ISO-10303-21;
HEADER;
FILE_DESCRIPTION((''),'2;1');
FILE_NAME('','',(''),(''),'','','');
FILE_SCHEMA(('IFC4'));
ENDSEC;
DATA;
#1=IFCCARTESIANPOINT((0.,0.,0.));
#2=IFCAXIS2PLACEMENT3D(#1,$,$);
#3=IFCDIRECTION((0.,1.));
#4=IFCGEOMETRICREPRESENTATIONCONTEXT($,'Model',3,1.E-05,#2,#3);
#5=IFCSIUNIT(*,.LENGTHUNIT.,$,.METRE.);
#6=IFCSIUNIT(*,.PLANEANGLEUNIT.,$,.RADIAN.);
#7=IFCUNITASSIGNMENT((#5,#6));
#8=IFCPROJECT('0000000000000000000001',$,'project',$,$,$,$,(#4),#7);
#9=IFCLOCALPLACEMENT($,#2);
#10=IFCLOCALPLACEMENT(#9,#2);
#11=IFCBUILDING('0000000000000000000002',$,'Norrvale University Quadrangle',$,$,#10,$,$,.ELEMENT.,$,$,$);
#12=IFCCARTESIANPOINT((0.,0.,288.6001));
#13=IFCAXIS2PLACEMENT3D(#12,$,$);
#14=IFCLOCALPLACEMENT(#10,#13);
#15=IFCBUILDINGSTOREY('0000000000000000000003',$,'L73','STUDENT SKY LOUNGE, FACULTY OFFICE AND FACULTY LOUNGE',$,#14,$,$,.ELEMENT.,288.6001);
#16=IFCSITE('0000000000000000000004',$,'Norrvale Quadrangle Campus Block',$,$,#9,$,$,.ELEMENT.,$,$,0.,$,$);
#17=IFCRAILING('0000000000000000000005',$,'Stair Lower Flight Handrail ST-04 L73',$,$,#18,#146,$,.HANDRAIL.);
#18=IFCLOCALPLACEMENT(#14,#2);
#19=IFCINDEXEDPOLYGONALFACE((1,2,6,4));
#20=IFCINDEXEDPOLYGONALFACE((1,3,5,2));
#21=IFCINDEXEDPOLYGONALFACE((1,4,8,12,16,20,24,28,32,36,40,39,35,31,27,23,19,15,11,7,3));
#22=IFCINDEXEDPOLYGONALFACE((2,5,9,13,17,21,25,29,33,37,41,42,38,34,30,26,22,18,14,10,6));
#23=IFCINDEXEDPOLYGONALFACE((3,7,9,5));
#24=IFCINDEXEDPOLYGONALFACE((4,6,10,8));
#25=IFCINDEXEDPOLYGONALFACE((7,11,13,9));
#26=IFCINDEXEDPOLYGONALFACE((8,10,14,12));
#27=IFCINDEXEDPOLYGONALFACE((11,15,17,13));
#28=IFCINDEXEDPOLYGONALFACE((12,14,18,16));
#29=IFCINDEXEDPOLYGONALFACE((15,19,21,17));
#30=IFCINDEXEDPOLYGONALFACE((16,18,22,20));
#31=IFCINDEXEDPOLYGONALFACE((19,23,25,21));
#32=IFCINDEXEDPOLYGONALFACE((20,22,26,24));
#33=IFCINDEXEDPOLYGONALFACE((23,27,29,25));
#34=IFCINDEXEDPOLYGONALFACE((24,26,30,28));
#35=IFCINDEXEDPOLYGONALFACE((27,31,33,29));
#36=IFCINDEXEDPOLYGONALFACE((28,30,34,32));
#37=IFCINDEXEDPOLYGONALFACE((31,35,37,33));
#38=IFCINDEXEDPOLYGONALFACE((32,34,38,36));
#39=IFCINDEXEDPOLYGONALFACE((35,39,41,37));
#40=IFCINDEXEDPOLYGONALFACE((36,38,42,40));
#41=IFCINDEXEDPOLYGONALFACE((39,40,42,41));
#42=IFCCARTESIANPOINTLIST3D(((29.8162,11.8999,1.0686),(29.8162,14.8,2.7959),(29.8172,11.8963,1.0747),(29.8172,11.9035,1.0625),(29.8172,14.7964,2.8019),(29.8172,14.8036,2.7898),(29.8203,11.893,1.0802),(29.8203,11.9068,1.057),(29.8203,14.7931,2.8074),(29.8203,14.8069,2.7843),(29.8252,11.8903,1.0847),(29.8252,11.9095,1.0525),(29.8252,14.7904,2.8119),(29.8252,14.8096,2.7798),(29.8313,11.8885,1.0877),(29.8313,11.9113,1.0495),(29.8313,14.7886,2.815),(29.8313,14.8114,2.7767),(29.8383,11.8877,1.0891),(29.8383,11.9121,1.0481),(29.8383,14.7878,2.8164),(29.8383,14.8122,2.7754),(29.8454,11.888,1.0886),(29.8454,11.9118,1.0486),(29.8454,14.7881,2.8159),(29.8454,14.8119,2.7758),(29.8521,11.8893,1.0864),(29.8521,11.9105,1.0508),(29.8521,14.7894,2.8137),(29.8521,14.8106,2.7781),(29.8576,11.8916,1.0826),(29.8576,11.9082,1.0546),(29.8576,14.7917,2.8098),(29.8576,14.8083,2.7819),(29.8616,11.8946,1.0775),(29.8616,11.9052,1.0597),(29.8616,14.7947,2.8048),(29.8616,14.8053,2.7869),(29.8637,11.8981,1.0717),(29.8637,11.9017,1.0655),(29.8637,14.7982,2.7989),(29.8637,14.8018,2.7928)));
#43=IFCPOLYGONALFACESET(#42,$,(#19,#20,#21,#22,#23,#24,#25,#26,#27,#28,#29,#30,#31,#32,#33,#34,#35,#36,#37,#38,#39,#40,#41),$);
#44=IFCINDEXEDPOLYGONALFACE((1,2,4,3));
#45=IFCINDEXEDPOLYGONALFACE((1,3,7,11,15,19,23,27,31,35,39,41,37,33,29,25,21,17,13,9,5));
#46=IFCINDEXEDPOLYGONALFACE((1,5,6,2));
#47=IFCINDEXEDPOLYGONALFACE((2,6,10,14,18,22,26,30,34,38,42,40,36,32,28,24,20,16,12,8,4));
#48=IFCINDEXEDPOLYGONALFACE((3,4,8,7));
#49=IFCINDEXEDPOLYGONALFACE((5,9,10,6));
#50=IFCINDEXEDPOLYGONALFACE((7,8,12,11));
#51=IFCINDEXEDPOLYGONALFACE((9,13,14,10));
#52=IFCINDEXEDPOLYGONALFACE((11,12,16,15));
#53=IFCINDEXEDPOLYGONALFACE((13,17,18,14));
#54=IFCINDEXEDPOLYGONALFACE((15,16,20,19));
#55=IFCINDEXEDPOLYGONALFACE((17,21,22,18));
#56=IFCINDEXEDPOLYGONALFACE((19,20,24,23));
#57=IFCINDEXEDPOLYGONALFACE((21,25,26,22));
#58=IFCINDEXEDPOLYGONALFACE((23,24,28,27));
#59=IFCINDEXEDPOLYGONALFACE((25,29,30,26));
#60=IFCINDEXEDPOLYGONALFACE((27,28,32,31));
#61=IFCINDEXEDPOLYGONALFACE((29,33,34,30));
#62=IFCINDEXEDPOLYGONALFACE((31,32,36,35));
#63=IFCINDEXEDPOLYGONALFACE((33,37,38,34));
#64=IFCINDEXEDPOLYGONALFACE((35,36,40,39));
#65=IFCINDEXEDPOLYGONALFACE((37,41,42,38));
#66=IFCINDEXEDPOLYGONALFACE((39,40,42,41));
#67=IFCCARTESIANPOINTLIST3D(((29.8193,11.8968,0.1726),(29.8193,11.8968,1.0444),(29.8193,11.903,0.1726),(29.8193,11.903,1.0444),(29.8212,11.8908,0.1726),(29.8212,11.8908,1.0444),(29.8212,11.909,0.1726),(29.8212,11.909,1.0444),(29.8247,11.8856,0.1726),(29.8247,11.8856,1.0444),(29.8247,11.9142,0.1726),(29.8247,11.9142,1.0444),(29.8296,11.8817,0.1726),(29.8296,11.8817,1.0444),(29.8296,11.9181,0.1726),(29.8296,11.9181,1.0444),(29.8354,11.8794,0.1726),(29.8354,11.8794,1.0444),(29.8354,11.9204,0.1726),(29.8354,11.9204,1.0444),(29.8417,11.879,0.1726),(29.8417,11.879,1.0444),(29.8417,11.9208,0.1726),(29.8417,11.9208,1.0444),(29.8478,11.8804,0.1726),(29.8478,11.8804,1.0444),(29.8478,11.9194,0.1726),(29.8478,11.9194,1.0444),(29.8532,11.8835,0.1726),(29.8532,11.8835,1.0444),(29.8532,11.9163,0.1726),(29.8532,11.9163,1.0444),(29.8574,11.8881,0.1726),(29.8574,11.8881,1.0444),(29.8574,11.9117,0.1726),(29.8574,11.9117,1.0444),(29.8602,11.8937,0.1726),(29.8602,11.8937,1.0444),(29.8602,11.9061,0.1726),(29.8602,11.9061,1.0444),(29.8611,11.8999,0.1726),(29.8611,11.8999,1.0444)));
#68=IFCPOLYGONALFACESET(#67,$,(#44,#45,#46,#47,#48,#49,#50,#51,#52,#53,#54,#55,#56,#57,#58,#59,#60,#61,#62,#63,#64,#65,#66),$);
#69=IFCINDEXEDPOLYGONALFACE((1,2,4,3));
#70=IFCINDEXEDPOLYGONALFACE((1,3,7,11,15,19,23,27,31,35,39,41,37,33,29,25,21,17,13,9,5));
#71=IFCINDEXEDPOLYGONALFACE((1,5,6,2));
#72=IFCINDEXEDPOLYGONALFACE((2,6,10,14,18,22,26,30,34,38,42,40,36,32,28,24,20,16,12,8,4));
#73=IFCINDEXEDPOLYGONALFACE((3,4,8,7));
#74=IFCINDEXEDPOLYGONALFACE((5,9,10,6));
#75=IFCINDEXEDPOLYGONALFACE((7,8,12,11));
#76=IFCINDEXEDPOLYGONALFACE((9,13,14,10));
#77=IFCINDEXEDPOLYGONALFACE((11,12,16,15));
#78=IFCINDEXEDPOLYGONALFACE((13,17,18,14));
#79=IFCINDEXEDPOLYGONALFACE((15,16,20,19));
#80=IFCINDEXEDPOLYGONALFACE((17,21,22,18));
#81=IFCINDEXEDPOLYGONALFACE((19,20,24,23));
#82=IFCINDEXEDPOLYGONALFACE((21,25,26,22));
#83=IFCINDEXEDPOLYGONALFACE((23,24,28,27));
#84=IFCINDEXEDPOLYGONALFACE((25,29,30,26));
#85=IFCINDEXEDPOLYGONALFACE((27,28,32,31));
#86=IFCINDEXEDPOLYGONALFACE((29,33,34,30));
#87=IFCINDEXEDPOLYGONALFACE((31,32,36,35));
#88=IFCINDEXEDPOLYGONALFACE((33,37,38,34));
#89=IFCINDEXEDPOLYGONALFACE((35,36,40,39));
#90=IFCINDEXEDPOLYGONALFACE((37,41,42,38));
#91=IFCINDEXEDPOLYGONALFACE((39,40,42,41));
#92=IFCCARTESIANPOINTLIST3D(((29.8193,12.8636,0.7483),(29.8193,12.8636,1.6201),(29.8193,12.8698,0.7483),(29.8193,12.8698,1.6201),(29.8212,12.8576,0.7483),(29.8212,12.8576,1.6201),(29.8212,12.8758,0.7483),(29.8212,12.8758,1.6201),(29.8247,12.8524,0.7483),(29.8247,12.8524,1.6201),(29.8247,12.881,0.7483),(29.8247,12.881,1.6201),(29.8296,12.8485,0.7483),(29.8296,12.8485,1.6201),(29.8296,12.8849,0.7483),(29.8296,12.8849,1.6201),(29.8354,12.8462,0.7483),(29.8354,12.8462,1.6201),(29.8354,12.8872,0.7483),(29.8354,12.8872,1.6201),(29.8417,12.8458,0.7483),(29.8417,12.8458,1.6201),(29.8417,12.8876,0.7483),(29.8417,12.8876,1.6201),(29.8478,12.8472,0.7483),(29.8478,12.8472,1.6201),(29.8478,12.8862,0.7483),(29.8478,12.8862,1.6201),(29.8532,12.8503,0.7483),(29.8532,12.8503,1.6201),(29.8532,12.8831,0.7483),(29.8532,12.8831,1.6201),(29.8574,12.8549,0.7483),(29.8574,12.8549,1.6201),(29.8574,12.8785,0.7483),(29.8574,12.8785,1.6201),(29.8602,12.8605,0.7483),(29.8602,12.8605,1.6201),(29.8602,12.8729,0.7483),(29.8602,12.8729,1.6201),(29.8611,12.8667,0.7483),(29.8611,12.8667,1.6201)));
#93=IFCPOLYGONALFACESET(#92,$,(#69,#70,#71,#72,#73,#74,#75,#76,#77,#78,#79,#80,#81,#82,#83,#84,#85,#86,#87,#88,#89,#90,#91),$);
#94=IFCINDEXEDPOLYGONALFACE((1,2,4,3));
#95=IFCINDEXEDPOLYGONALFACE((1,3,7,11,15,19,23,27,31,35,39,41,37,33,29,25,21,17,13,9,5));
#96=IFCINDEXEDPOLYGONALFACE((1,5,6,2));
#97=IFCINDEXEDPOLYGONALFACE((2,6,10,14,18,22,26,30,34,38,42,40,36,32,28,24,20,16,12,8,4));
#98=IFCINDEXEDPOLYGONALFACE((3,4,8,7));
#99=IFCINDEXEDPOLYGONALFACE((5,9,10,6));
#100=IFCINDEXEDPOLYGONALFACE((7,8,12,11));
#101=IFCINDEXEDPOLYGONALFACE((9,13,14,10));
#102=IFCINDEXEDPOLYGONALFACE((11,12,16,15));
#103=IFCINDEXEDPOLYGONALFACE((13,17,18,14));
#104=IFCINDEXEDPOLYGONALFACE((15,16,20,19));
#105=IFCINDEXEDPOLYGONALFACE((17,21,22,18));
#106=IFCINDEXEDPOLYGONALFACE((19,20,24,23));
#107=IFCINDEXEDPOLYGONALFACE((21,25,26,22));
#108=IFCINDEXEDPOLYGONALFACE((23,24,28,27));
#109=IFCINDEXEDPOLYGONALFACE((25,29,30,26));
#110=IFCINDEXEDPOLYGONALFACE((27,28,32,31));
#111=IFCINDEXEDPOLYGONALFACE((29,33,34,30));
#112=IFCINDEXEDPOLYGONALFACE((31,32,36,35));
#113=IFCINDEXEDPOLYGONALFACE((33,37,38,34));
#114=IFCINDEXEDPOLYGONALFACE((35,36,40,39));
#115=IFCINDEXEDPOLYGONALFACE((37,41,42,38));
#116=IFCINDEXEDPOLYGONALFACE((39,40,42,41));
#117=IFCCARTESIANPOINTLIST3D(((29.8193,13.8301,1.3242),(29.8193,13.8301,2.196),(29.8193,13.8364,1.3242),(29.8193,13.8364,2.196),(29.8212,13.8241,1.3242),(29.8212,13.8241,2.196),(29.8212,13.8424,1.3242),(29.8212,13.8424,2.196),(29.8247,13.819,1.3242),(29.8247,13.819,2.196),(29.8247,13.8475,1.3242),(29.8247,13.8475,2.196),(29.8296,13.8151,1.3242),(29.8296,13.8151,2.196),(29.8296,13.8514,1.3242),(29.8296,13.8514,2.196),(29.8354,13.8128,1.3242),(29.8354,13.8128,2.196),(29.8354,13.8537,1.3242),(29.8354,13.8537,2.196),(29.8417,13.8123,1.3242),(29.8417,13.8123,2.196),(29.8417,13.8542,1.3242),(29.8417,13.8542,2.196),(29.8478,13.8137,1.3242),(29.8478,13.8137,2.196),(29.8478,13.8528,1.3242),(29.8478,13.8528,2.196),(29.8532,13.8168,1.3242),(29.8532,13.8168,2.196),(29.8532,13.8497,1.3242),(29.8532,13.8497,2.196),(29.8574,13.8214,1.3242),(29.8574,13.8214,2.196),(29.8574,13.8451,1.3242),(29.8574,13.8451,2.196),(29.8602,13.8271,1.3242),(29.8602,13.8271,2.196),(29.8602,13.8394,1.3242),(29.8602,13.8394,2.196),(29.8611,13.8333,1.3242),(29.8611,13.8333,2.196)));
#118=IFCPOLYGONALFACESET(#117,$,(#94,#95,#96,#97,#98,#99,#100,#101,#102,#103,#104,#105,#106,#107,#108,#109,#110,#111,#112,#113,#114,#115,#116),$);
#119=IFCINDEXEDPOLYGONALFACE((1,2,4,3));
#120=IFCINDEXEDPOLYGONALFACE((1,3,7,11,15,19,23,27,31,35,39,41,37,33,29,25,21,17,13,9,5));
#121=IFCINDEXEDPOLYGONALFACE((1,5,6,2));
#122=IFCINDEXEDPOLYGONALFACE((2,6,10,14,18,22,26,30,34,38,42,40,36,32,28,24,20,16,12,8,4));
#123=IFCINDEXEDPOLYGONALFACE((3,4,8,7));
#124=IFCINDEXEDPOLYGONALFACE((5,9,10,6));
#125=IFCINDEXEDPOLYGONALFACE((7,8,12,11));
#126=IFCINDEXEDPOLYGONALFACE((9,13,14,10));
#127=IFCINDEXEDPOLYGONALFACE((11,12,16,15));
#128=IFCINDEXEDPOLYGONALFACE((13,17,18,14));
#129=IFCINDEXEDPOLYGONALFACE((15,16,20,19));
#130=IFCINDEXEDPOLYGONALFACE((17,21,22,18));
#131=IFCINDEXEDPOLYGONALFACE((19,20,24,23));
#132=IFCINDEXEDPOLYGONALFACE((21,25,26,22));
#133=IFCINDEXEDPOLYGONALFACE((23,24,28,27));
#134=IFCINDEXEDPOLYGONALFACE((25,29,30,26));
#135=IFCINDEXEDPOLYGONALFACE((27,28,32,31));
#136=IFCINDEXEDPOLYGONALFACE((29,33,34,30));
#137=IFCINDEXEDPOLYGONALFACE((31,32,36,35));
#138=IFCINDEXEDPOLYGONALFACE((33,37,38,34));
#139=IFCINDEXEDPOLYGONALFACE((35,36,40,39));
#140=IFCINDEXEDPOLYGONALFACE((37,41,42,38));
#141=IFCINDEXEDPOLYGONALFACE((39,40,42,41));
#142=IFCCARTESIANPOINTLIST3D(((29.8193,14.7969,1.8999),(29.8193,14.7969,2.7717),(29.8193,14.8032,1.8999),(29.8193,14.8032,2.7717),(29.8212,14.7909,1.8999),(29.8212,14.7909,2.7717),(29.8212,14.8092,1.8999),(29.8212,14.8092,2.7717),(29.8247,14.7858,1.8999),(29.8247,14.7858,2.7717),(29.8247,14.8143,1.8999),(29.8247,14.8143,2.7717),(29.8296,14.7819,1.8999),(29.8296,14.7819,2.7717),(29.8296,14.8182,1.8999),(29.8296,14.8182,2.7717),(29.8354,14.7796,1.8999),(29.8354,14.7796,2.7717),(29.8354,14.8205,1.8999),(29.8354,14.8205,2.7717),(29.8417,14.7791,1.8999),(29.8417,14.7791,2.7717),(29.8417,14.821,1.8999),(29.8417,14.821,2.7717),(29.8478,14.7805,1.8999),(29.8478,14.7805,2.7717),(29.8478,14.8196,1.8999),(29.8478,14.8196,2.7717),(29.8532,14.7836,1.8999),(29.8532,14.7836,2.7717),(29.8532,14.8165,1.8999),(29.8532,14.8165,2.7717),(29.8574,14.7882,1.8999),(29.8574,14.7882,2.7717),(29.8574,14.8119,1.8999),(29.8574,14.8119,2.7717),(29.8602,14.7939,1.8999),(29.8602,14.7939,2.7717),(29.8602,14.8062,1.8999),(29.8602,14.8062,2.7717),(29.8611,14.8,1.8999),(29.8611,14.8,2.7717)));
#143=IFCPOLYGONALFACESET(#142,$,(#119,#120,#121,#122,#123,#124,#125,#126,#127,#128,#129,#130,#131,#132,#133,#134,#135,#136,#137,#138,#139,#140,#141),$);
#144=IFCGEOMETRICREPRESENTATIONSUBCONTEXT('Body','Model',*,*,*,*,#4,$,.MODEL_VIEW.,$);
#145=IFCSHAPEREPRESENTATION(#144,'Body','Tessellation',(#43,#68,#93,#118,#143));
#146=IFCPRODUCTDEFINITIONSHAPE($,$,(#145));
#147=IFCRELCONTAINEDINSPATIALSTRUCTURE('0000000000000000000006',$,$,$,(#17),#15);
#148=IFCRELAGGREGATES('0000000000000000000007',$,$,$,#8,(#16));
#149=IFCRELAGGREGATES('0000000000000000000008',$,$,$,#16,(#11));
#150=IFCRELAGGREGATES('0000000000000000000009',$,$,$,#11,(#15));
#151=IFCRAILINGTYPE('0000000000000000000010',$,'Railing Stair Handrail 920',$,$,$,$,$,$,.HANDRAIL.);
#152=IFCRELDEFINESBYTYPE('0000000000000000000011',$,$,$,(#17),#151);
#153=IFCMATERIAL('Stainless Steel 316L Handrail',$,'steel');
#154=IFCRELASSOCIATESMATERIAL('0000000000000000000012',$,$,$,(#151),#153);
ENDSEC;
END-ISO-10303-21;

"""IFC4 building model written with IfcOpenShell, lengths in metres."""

from ifc_helpers import new_model, si_unit, direction, frame, origin, origin_2d, place, context, subcontext, project, spatial, circle, extrude, material, type_object, element, save


model = new_model("IFC4")

# Units and contexts
model_context = context("Model", 3, precision=1e-05, world=origin(), true_north=direction((0.0, 1.0)))
body_context = subcontext(model_context, "Body", "Model", "MODEL_VIEW")
ifc_project = project(units=[si_unit("LENGTHUNIT", "METRE"), si_unit("PLANEANGLEUNIT", "RADIAN")], contexts=[model_context])

# Site, building, storey
site_placement = place(None, origin())
site = spatial("IfcSite", under=ifc_project, at=site_placement, Name="Norrvale Quadrangle Campus Block", CompositionType="ELEMENT", RefElevation=0.0)
building_placement = place(site_placement, origin())
building = spatial("IfcBuilding", under=site, at=building_placement, Name="Norrvale University Quadrangle", CompositionType="ELEMENT")
storey_placement = place(building_placement, frame((0.0, 0.0, 288.6001)))
storey = spatial("IfcBuildingStorey", under=building, at=storey_placement, Name="L73", Description="STUDENT SKY LOUNGE, FACULTY OFFICE AND FACULTY LOUNGE", CompositionType="ELEMENT", Elevation=288.6001)

# Railing
ifc_material_1 = material(Name="Stainless Steel 316L Handrail", Category="steel")
railing_type_1 = type_object("IfcRailingType", Name="Railing Stair Handrail 920", PredefinedType="HANDRAIL", material=ifc_material_1)
railing_1_placement = place(storey_placement, frame((29.8401, 11.8999, 0.1726)))
element("IfcRailing", 1, at=railing_1_placement, inside=storey, type_object=railing_type_1, Name="Stair Lower Flight Handrail ST-04 L73", PredefinedType="HANDRAIL", context=body_context, shape_type="SweptSolid", body=[
    extrude(circle(Radius=0.0239, at=origin_2d()), frame((0.0, 0.0, 0.896), z_axis=(0.0, 0.85916, 0.511706), x_axis=(-1.0, 0.0, 0.0)), (0.0, 0.0, 1.0), 3.3755),
    extrude(circle(Radius=0.021, at=origin_2d()), origin(), (0.0, 0.0, 1.0), 0.8718),
    extrude(circle(Radius=0.021, at=origin_2d()), frame((0.0, 0.9668, 0.5757)), (0.0, 0.0, 1.0), 0.8718),
    extrude(circle(Radius=0.021, at=origin_2d()), frame((0.0, 1.9333, 1.1516)), (0.0, 0.0, 1.0), 0.8718),
    extrude(circle(Radius=0.021, at=origin_2d()), frame((0.0, 2.9001, 1.7273)), (0.0, 0.0, 1.0), 0.8718),
])

save(model, "model.ifc")
